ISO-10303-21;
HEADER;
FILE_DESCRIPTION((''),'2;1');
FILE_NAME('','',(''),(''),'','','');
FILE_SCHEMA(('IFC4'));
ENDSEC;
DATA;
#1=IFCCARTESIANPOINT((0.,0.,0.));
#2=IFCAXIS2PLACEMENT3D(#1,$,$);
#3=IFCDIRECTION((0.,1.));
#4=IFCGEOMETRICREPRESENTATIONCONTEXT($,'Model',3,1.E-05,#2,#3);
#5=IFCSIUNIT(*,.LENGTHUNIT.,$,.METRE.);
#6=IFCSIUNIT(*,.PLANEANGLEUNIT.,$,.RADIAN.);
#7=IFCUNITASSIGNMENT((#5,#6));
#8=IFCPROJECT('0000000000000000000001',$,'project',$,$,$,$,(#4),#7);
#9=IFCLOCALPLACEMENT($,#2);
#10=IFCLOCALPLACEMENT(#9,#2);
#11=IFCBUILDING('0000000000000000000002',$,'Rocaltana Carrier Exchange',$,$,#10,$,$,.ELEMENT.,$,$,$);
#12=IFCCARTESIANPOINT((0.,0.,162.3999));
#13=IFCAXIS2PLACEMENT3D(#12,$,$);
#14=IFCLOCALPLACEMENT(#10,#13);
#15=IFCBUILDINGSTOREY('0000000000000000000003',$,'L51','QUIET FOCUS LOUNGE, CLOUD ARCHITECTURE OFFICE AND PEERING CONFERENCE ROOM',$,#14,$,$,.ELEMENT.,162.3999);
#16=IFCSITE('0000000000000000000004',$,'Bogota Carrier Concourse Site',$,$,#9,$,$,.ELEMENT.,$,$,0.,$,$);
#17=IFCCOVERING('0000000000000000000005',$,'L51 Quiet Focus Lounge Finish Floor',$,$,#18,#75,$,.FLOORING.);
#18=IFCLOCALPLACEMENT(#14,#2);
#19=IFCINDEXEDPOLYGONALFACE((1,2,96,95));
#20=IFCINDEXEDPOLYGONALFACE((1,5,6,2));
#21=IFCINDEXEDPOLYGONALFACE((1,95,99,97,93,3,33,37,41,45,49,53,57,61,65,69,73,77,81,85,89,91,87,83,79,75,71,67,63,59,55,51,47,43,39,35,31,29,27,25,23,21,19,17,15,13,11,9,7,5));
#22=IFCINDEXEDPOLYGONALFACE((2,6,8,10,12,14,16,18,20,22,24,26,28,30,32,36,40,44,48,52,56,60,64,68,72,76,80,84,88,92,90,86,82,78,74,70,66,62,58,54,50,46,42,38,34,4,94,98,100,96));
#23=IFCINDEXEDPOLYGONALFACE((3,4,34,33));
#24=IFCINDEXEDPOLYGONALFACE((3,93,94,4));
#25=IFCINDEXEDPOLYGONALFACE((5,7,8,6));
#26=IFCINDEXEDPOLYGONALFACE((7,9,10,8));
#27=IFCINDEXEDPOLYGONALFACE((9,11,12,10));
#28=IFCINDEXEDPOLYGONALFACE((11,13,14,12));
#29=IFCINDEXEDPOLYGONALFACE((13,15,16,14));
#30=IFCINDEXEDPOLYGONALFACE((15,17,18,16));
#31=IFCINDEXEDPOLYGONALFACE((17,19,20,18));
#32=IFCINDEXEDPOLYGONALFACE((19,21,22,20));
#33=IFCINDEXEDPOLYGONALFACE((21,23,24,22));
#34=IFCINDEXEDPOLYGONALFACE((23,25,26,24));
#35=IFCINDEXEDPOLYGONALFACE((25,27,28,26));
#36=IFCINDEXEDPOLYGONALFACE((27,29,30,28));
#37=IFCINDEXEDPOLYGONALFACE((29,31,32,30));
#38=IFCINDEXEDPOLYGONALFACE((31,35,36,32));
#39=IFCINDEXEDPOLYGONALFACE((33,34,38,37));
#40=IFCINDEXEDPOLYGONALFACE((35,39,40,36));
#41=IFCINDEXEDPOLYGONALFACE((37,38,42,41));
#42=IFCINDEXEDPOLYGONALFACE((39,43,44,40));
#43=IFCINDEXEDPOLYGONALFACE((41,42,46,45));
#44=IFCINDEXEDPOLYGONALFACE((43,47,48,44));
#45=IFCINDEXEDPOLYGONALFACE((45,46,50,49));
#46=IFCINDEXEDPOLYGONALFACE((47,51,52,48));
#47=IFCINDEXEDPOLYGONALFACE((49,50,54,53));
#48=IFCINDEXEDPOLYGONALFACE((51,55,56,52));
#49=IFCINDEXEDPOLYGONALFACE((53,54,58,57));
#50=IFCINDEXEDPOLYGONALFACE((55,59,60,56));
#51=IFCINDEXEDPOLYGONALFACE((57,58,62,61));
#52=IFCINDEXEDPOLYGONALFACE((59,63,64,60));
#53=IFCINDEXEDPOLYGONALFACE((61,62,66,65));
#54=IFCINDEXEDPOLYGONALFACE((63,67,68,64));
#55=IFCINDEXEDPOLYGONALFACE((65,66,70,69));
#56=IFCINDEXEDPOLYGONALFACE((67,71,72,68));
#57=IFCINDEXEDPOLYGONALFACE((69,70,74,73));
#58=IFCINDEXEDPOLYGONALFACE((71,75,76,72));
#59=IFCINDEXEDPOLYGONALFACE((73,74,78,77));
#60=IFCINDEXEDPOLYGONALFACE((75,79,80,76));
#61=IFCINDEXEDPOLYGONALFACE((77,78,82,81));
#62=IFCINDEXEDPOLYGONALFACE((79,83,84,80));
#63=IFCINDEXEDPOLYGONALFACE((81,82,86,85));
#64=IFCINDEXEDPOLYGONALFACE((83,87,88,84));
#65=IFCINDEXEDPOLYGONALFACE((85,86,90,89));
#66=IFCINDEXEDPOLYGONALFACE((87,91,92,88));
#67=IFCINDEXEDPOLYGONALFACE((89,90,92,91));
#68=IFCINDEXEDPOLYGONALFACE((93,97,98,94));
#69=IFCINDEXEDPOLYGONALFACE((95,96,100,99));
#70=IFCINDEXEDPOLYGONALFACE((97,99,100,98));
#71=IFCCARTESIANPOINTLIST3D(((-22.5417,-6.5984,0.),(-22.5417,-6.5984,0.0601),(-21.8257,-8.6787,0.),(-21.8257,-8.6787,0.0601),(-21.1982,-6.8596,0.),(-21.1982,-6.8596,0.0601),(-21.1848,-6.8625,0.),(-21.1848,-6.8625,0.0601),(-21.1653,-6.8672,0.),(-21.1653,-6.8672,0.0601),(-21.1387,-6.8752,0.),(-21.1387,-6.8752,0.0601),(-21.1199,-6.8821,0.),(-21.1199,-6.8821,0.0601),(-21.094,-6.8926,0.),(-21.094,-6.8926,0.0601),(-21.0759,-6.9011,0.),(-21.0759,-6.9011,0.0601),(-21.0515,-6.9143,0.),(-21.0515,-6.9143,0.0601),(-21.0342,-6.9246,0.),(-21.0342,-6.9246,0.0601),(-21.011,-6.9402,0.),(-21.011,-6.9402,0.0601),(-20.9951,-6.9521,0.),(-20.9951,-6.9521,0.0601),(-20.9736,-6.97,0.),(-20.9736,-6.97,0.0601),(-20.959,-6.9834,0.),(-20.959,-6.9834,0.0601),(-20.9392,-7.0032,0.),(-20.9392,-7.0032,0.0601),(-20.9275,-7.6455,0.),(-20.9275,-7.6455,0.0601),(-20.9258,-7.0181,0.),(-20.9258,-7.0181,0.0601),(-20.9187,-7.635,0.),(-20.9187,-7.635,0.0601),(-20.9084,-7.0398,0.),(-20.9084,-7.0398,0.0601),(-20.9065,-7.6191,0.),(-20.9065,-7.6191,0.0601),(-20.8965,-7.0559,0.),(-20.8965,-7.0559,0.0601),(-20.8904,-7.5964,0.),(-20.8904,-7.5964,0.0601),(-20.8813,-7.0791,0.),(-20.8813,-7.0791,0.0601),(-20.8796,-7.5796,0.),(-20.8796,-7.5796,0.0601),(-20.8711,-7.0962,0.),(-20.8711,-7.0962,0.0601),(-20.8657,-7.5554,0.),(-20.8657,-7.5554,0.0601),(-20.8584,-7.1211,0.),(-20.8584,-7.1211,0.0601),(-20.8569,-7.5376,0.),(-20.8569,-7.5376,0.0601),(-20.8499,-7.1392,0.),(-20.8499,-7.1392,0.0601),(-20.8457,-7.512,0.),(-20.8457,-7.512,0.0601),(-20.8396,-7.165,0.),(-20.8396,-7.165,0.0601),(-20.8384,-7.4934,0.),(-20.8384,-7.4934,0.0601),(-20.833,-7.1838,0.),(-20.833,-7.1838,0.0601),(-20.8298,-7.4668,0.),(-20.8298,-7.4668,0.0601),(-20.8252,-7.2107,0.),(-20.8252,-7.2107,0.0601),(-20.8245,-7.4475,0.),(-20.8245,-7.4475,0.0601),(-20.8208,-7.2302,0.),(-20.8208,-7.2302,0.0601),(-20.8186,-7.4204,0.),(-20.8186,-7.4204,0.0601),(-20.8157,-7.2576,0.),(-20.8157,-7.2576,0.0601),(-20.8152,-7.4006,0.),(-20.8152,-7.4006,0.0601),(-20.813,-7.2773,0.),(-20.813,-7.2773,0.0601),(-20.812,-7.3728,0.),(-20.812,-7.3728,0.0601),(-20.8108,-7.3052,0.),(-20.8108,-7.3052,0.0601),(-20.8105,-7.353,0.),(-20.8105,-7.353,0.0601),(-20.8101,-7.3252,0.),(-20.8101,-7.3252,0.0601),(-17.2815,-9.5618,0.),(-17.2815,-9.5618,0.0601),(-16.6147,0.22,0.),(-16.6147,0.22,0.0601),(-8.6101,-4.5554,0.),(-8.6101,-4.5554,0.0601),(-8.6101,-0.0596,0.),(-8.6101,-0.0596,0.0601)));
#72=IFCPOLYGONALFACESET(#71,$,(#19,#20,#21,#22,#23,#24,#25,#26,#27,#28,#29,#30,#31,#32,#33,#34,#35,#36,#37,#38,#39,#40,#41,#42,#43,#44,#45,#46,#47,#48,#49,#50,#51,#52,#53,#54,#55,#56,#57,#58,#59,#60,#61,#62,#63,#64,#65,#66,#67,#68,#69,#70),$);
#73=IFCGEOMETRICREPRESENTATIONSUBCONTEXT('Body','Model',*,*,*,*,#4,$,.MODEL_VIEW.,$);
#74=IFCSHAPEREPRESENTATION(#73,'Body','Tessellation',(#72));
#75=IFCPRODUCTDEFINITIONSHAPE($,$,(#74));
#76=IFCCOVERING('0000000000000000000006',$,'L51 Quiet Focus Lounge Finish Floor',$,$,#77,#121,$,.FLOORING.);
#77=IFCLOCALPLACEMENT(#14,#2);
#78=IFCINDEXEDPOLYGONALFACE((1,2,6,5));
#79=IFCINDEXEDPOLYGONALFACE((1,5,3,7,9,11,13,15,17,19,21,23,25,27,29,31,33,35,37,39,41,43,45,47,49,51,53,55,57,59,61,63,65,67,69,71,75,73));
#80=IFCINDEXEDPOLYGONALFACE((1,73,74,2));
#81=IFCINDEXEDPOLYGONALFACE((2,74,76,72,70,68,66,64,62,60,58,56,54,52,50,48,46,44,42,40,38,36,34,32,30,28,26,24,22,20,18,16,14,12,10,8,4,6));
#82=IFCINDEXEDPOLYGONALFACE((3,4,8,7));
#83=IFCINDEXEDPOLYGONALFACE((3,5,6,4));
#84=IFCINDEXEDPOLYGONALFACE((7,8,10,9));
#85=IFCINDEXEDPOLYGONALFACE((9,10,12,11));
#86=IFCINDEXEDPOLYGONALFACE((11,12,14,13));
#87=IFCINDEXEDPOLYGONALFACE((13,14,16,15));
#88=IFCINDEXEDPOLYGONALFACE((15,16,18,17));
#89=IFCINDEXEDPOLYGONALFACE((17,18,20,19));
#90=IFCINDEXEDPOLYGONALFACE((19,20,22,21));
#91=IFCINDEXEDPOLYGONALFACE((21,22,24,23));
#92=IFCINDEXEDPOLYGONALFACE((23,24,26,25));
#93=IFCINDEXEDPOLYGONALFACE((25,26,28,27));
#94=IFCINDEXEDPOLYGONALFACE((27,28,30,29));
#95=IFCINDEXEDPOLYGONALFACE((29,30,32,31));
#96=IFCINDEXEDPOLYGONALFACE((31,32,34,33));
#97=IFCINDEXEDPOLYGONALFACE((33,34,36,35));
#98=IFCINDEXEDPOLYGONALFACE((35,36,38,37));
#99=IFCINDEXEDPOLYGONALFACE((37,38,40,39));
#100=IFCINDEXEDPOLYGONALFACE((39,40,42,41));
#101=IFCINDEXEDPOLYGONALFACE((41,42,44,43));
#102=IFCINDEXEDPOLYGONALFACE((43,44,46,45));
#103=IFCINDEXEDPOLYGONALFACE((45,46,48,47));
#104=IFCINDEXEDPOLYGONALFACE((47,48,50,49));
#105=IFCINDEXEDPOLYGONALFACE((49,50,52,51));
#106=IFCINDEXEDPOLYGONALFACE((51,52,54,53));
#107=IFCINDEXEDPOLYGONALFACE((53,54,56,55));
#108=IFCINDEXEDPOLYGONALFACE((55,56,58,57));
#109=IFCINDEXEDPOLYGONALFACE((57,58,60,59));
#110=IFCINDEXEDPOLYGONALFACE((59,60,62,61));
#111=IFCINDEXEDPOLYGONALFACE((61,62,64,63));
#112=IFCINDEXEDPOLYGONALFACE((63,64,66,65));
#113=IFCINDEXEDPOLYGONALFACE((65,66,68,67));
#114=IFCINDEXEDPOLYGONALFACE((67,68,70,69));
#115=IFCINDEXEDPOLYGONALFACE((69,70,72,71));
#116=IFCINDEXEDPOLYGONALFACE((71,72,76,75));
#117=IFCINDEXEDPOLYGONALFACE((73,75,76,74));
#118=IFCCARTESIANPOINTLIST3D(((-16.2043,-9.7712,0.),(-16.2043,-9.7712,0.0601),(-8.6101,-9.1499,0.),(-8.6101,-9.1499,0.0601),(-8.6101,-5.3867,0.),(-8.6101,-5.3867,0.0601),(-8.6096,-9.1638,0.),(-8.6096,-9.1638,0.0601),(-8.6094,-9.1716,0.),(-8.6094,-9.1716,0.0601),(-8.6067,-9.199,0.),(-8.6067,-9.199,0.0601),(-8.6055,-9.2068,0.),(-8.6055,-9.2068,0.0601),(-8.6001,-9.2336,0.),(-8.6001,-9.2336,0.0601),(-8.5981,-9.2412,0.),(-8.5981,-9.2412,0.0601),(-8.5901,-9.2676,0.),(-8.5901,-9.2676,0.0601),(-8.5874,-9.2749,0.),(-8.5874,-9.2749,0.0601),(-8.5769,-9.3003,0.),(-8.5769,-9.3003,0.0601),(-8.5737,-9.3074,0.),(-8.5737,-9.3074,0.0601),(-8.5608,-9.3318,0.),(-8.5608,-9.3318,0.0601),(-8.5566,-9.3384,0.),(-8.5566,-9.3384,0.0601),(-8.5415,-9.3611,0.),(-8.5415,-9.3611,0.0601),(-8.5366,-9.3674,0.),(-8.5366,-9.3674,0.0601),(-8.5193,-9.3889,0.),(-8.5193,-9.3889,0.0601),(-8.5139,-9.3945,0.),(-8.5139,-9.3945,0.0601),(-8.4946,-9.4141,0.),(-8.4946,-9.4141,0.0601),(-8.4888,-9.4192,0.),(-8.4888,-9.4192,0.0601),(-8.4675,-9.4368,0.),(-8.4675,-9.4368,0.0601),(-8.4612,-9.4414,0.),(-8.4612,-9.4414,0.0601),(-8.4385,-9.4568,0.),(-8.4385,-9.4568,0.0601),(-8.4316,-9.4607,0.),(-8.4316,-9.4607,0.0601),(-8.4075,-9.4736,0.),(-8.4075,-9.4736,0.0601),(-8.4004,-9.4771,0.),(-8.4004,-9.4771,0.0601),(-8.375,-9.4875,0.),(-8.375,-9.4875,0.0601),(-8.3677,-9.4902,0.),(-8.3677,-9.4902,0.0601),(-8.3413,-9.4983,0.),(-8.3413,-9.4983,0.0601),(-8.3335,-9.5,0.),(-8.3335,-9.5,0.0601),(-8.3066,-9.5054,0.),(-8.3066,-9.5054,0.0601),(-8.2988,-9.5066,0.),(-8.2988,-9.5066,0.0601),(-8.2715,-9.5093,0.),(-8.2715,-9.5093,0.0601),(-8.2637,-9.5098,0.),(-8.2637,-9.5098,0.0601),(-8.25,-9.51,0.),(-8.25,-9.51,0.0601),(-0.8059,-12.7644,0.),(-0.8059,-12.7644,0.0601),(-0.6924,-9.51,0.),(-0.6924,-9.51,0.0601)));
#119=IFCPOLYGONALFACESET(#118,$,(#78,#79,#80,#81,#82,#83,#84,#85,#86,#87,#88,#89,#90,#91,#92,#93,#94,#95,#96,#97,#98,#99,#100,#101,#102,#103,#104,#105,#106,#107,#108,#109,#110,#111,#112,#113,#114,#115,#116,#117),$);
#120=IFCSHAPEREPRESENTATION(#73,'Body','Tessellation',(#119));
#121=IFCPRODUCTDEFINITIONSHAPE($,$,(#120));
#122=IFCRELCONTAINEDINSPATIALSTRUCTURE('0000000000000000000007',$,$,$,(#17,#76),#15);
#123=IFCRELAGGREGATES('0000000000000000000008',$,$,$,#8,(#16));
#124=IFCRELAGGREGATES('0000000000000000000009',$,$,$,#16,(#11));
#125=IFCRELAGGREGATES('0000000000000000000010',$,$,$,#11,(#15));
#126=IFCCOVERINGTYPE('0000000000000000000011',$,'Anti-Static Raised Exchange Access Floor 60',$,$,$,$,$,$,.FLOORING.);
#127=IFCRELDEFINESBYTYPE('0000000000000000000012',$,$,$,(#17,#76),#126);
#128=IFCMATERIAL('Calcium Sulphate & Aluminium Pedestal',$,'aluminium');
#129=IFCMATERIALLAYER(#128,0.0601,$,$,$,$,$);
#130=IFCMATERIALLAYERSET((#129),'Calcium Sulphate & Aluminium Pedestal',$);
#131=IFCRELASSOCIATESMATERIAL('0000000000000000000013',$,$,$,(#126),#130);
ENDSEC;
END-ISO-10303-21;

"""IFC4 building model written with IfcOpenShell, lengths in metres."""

from ifc_helpers import new_model, si_unit, direction, frame, origin, place, context, subcontext, project, spatial, polyline, outline, extrude, material, layer, layer_set, type_object, element, save


model = new_model("IFC4")

# Units and contexts
model_context = context("Model", 3, precision=1e-05, world=origin(), true_north=direction((0.0, 1.0)))
body_context = subcontext(model_context, "Body", "Model", "MODEL_VIEW")
ifc_project = project(units=[si_unit("LENGTHUNIT", "METRE"), si_unit("PLANEANGLEUNIT", "RADIAN")], contexts=[model_context])

# Site, building, storey
site_placement = place(None, origin())
site = spatial("IfcSite", under=ifc_project, at=site_placement, Name="Bogota Carrier Concourse Site", CompositionType="ELEMENT", RefElevation=0.0)
building_placement = place(site_placement, origin())
building = spatial("IfcBuilding", under=site, at=building_placement, Name="Rocaltana Carrier Exchange", CompositionType="ELEMENT")
storey_placement = place(building_placement, frame((0.0, 0.0, 162.3999)))
storey = spatial("IfcBuildingStorey", under=building, at=storey_placement, Name="L51", Description="QUIET FOCUS LOUNGE, CLOUD ARCHITECTURE OFFICE AND PEERING CONFERENCE ROOM", CompositionType="ELEMENT", Elevation=162.3999)

# Coverings
ifc_material_1 = material(Name="Calcium Sulphate & Aluminium Pedestal", Category="aluminium")
ifc_layer_1 = layer(ifc_material_1, 0.0601)
ifc_layer_set_1 = layer_set([ifc_layer_1], Name="Calcium Sulphate & Aluminium Pedestal")
covering_type_1 = type_object("IfcCoveringType", Name="Anti-Static Raised Exchange Access Floor 60", PredefinedType="FLOORING", material=ifc_layer_set_1)
covering_1_placement = place(storey_placement, origin())
element("IfcCovering", 1, at=covering_1_placement, inside=storey, type_object=covering_type_1, Name="L51 Quiet Focus Lounge Finish Floor", PredefinedType="FLOORING", context=body_context, shape_type="SweptSolid", body=[
    extrude(outline(polyline([(-20.9275, -7.6455), (-20.9187, -7.635), (-20.9065, -7.6191), (-20.8904, -7.5964), (-20.8796, -7.5796), (-20.8657, -7.5554), (-20.8569, -7.5376), (-20.8457, -7.512), (-20.8384, -7.4934), (-20.8298, -7.4668), (-20.8245, -7.4475), (-20.8186, -7.4204), (-20.8152, -7.4006), (-20.812, -7.3728), (-20.8105, -7.353), (-20.8101, -7.3252), (-20.8108, -7.3052), (-20.813, -7.2773), (-20.8157, -7.2576), (-20.8208, -7.2302), (-20.8252, -7.2107), (-20.833, -7.1838), (-20.8396, -7.165), (-20.8499, -7.1392), (-20.8584, -7.1211), (-20.8711, -7.0962), (-20.8813, -7.0791), (-20.8965, -7.0559), (-20.9084, -7.0398), (-20.9258, -7.0181), (-20.9392, -7.0032), (-20.959, -6.9834), (-20.9736, -6.97), (-20.9951, -6.9521), (-21.011, -6.9402), (-21.0342, -6.9246), (-21.0515, -6.9143), (-21.0759, -6.9011), (-21.094, -6.8926), (-21.1199, -6.8821), (-21.1387, -6.8752), (-21.1653, -6.8672), (-21.1848, -6.8625), (-21.1982, -6.8596), (-22.5417, -6.5984), (-16.6147, 0.22), (-8.6101, -0.0596), (-8.6101, -4.5554), (-17.2815, -9.5618), (-21.8257, -8.6787), (-20.9275, -7.6455)])), origin(), (0.0, 0.0, 1.0), 0.0601),
])
covering_2_placement = place(storey_placement, origin())
element("IfcCovering", 2, at=covering_2_placement, inside=storey, type_object=covering_type_1, Name="L51 Quiet Focus Lounge Finish Floor", PredefinedType="FLOORING", context=body_context, shape_type="SweptSolid", body=[
    extrude(outline(polyline([(-16.2043, -9.7712), (-8.6101, -5.3867), (-8.6101, -9.1499), (-8.6096, -9.1638), (-8.6094, -9.1716), (-8.6067, -9.199), (-8.6055, -9.2068), (-8.6001, -9.2336), (-8.5981, -9.2412), (-8.5901, -9.2676), (-8.5874, -9.2749), (-8.5769, -9.3003), (-8.5737, -9.3074), (-8.5608, -9.3318), (-8.5566, -9.3384), (-8.5415, -9.3611), (-8.5366, -9.3674), (-8.5193, -9.3889), (-8.5139, -9.3945), (-8.4946, -9.4141), (-8.4888, -9.4192), (-8.4675, -9.4368), (-8.4612, -9.4414), (-8.4385, -9.4568), (-8.4316, -9.4607), (-8.4075, -9.4736), (-8.4004, -9.4771), (-8.375, -9.4875), (-8.3677, -9.4902), (-8.3413, -9.4983), (-8.3335, -9.5), (-8.3066, -9.5054), (-8.2988, -9.5066), (-8.2715, -9.5093), (-8.2637, -9.5098), (-8.25, -9.51), (-0.6924, -9.51), (-0.8059, -12.7644), (-16.2043, -9.7712)])), origin(), (0.0, 0.0, 1.0), 0.0601),
])

save(model, "model.ifc")
